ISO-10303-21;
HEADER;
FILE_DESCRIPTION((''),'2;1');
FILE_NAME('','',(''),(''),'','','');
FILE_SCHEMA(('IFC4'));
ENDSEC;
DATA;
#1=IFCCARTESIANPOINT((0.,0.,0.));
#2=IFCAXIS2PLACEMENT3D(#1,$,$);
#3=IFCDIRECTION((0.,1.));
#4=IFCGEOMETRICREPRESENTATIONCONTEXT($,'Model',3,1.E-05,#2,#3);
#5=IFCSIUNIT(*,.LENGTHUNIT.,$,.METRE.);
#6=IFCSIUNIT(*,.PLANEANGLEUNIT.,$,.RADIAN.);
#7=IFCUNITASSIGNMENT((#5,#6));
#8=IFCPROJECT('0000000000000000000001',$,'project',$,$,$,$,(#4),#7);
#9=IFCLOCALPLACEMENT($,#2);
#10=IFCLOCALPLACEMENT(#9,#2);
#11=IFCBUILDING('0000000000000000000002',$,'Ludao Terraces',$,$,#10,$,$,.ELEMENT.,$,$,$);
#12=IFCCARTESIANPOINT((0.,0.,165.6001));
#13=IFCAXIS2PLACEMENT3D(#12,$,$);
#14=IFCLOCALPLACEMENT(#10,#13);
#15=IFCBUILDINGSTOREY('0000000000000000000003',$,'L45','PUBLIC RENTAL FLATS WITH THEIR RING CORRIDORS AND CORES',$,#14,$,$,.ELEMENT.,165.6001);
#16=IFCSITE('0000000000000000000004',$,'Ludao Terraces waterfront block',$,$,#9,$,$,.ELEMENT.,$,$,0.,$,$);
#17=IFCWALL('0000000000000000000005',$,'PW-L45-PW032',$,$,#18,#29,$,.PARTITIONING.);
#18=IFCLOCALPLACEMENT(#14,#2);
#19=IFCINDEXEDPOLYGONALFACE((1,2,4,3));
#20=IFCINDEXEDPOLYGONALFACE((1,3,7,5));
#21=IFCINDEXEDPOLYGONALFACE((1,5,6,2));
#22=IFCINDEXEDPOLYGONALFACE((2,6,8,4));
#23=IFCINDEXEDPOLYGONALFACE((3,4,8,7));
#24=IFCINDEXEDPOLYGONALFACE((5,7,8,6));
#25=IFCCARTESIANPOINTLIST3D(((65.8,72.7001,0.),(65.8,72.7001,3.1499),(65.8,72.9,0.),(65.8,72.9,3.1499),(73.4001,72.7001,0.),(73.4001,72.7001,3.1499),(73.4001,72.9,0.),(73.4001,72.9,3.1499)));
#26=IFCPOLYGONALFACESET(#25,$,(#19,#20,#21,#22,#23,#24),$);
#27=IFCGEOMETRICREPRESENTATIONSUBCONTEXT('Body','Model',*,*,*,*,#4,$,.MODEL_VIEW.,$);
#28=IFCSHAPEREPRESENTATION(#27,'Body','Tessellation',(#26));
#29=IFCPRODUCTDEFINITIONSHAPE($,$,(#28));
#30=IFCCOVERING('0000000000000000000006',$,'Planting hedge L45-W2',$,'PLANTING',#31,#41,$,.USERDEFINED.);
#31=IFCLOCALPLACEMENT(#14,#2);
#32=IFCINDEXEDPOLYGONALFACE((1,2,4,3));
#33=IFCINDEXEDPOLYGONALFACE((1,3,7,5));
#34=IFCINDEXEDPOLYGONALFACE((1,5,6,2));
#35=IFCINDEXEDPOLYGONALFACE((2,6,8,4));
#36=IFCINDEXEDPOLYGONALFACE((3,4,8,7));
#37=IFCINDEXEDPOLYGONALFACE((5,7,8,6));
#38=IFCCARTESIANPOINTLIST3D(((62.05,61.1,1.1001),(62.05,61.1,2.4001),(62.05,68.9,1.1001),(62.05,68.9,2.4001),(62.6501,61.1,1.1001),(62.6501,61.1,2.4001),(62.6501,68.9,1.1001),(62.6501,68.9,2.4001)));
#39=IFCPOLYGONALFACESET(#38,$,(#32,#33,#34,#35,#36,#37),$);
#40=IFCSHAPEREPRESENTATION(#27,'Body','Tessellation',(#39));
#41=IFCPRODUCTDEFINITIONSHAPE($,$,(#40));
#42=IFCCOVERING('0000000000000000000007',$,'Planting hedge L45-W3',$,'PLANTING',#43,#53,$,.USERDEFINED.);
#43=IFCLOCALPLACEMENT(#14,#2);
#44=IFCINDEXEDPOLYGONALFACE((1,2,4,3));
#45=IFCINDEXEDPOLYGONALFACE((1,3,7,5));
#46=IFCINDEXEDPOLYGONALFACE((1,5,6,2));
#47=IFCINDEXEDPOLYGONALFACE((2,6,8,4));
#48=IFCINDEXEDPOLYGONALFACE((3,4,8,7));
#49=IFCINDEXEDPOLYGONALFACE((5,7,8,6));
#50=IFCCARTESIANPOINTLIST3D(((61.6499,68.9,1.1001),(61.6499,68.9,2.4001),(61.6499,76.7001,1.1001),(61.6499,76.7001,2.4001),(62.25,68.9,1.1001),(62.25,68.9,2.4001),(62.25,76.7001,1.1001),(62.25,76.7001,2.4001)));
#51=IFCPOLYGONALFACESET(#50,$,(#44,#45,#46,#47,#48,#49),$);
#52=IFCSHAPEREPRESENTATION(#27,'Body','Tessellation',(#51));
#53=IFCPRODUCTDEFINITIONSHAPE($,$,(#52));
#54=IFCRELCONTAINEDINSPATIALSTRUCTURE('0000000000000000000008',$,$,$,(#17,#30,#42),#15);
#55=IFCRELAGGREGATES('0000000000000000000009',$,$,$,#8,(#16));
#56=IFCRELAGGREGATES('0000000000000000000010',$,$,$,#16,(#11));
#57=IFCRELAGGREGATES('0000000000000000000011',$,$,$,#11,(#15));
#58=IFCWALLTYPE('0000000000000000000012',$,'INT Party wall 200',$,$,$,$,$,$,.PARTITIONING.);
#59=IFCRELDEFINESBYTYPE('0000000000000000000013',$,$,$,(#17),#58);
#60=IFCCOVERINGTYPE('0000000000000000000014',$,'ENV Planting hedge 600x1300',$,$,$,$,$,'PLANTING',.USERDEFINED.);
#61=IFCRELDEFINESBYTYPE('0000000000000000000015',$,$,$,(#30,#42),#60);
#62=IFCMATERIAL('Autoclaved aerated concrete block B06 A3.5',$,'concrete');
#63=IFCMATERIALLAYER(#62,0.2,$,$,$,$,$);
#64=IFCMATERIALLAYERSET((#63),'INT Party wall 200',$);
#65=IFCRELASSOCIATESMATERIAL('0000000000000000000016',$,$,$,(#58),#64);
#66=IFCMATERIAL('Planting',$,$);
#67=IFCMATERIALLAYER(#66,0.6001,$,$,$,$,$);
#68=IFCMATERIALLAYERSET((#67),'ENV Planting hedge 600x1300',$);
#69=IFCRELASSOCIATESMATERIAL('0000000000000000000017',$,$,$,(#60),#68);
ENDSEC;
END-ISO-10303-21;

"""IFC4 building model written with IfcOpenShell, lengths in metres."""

from ifc_helpers import new_model, si_unit, direction, frame, frame_2d, origin, origin_2d, place, context, subcontext, project, spatial, rectangle, extrude, material, layer, layer_set, type_object, element, save


model = new_model("IFC4")

# Units and contexts
model_context = context("Model", 3, precision=1e-05, world=origin(), true_north=direction((0.0, 1.0)))
body_context = subcontext(model_context, "Body", "Model", "MODEL_VIEW")
ifc_project = project(units=[si_unit("LENGTHUNIT", "METRE"), si_unit("PLANEANGLEUNIT", "RADIAN")], contexts=[model_context])

# Site, building, storey
site_placement = place(None, origin())
site = spatial("IfcSite", under=ifc_project, at=site_placement, Name="Ludao Terraces waterfront block", CompositionType="ELEMENT", RefElevation=0.0)
building_placement = place(site_placement, origin())
building = spatial("IfcBuilding", under=site, at=building_placement, Name="Ludao Terraces", CompositionType="ELEMENT")
storey_placement = place(building_placement, frame((0.0, 0.0, 165.6001)))
storey = spatial("IfcBuildingStorey", under=building, at=storey_placement, Name="L45", Description="PUBLIC RENTAL FLATS WITH THEIR RING CORRIDORS AND CORES", CompositionType="ELEMENT", Elevation=165.6001)

# Wall
ifc_material_1 = material(Name="Autoclaved aerated concrete block B06 A3.5", Category="concrete")
ifc_layer_1 = layer(ifc_material_1, 0.2)
ifc_layer_set_1 = layer_set([ifc_layer_1], Name="INT Party wall 200")
wall_type_1 = type_object("IfcWallType", Name="INT Party wall 200", PredefinedType="PARTITIONING", material=ifc_layer_set_1)
wall_1_placement = place(storey_placement, frame((65.8, 72.8, 0.0), z_axis=(0.0, 0.0, 1.0), x_axis=(1.0, 0.0, 0.0)))
element("IfcWall", 1, at=wall_1_placement, inside=storey, type_object=wall_type_1, Name="PW-L45-PW032", PredefinedType="PARTITIONING", context=body_context, shape_type="SweptSolid", body=[
    extrude(rectangle(XDim=7.6001, YDim=0.2, at=frame_2d((3.8, 0.0))), origin(), (0.0, 0.0, 1.0), 3.1499),
])

# Coverings
ifc_material_2 = material(Name="Planting")
ifc_layer_2 = layer(ifc_material_2, 0.6001)
ifc_layer_set_2 = layer_set([ifc_layer_2], Name="ENV Planting hedge 600x1300")
covering_type = type_object("IfcCoveringType", Name="ENV Planting hedge 600x1300", ElementType="PLANTING", PredefinedType="USERDEFINED", material=ifc_layer_set_2)
for number, where, z_axis, x_axis, name in (
    (2, (62.3501, 65.0, 1.1001), (0.0, 0.0, 1.0), (1.0, 0.0, 0.0), "Planting hedge L45-W2"),
    (3, (61.95, 72.8, 1.1001), (0.0, 0.0, 1.0), (1.0, 0.0, 0.0), "Planting hedge L45-W3"),
):
    element("IfcCovering", number, at=place(storey_placement, frame(where, z_axis=z_axis, x_axis=x_axis)), inside=storey, type_object=covering_type, Name=name, ObjectType="PLANTING", PredefinedType="USERDEFINED", context=body_context, shape_type="SweptSolid", body=[
        extrude(rectangle(XDim=0.6001, YDim=7.8, at=origin_2d()), origin(), (0.0, 0.0, 1.0), 1.3),
    ])

save(model, "model.ifc")
